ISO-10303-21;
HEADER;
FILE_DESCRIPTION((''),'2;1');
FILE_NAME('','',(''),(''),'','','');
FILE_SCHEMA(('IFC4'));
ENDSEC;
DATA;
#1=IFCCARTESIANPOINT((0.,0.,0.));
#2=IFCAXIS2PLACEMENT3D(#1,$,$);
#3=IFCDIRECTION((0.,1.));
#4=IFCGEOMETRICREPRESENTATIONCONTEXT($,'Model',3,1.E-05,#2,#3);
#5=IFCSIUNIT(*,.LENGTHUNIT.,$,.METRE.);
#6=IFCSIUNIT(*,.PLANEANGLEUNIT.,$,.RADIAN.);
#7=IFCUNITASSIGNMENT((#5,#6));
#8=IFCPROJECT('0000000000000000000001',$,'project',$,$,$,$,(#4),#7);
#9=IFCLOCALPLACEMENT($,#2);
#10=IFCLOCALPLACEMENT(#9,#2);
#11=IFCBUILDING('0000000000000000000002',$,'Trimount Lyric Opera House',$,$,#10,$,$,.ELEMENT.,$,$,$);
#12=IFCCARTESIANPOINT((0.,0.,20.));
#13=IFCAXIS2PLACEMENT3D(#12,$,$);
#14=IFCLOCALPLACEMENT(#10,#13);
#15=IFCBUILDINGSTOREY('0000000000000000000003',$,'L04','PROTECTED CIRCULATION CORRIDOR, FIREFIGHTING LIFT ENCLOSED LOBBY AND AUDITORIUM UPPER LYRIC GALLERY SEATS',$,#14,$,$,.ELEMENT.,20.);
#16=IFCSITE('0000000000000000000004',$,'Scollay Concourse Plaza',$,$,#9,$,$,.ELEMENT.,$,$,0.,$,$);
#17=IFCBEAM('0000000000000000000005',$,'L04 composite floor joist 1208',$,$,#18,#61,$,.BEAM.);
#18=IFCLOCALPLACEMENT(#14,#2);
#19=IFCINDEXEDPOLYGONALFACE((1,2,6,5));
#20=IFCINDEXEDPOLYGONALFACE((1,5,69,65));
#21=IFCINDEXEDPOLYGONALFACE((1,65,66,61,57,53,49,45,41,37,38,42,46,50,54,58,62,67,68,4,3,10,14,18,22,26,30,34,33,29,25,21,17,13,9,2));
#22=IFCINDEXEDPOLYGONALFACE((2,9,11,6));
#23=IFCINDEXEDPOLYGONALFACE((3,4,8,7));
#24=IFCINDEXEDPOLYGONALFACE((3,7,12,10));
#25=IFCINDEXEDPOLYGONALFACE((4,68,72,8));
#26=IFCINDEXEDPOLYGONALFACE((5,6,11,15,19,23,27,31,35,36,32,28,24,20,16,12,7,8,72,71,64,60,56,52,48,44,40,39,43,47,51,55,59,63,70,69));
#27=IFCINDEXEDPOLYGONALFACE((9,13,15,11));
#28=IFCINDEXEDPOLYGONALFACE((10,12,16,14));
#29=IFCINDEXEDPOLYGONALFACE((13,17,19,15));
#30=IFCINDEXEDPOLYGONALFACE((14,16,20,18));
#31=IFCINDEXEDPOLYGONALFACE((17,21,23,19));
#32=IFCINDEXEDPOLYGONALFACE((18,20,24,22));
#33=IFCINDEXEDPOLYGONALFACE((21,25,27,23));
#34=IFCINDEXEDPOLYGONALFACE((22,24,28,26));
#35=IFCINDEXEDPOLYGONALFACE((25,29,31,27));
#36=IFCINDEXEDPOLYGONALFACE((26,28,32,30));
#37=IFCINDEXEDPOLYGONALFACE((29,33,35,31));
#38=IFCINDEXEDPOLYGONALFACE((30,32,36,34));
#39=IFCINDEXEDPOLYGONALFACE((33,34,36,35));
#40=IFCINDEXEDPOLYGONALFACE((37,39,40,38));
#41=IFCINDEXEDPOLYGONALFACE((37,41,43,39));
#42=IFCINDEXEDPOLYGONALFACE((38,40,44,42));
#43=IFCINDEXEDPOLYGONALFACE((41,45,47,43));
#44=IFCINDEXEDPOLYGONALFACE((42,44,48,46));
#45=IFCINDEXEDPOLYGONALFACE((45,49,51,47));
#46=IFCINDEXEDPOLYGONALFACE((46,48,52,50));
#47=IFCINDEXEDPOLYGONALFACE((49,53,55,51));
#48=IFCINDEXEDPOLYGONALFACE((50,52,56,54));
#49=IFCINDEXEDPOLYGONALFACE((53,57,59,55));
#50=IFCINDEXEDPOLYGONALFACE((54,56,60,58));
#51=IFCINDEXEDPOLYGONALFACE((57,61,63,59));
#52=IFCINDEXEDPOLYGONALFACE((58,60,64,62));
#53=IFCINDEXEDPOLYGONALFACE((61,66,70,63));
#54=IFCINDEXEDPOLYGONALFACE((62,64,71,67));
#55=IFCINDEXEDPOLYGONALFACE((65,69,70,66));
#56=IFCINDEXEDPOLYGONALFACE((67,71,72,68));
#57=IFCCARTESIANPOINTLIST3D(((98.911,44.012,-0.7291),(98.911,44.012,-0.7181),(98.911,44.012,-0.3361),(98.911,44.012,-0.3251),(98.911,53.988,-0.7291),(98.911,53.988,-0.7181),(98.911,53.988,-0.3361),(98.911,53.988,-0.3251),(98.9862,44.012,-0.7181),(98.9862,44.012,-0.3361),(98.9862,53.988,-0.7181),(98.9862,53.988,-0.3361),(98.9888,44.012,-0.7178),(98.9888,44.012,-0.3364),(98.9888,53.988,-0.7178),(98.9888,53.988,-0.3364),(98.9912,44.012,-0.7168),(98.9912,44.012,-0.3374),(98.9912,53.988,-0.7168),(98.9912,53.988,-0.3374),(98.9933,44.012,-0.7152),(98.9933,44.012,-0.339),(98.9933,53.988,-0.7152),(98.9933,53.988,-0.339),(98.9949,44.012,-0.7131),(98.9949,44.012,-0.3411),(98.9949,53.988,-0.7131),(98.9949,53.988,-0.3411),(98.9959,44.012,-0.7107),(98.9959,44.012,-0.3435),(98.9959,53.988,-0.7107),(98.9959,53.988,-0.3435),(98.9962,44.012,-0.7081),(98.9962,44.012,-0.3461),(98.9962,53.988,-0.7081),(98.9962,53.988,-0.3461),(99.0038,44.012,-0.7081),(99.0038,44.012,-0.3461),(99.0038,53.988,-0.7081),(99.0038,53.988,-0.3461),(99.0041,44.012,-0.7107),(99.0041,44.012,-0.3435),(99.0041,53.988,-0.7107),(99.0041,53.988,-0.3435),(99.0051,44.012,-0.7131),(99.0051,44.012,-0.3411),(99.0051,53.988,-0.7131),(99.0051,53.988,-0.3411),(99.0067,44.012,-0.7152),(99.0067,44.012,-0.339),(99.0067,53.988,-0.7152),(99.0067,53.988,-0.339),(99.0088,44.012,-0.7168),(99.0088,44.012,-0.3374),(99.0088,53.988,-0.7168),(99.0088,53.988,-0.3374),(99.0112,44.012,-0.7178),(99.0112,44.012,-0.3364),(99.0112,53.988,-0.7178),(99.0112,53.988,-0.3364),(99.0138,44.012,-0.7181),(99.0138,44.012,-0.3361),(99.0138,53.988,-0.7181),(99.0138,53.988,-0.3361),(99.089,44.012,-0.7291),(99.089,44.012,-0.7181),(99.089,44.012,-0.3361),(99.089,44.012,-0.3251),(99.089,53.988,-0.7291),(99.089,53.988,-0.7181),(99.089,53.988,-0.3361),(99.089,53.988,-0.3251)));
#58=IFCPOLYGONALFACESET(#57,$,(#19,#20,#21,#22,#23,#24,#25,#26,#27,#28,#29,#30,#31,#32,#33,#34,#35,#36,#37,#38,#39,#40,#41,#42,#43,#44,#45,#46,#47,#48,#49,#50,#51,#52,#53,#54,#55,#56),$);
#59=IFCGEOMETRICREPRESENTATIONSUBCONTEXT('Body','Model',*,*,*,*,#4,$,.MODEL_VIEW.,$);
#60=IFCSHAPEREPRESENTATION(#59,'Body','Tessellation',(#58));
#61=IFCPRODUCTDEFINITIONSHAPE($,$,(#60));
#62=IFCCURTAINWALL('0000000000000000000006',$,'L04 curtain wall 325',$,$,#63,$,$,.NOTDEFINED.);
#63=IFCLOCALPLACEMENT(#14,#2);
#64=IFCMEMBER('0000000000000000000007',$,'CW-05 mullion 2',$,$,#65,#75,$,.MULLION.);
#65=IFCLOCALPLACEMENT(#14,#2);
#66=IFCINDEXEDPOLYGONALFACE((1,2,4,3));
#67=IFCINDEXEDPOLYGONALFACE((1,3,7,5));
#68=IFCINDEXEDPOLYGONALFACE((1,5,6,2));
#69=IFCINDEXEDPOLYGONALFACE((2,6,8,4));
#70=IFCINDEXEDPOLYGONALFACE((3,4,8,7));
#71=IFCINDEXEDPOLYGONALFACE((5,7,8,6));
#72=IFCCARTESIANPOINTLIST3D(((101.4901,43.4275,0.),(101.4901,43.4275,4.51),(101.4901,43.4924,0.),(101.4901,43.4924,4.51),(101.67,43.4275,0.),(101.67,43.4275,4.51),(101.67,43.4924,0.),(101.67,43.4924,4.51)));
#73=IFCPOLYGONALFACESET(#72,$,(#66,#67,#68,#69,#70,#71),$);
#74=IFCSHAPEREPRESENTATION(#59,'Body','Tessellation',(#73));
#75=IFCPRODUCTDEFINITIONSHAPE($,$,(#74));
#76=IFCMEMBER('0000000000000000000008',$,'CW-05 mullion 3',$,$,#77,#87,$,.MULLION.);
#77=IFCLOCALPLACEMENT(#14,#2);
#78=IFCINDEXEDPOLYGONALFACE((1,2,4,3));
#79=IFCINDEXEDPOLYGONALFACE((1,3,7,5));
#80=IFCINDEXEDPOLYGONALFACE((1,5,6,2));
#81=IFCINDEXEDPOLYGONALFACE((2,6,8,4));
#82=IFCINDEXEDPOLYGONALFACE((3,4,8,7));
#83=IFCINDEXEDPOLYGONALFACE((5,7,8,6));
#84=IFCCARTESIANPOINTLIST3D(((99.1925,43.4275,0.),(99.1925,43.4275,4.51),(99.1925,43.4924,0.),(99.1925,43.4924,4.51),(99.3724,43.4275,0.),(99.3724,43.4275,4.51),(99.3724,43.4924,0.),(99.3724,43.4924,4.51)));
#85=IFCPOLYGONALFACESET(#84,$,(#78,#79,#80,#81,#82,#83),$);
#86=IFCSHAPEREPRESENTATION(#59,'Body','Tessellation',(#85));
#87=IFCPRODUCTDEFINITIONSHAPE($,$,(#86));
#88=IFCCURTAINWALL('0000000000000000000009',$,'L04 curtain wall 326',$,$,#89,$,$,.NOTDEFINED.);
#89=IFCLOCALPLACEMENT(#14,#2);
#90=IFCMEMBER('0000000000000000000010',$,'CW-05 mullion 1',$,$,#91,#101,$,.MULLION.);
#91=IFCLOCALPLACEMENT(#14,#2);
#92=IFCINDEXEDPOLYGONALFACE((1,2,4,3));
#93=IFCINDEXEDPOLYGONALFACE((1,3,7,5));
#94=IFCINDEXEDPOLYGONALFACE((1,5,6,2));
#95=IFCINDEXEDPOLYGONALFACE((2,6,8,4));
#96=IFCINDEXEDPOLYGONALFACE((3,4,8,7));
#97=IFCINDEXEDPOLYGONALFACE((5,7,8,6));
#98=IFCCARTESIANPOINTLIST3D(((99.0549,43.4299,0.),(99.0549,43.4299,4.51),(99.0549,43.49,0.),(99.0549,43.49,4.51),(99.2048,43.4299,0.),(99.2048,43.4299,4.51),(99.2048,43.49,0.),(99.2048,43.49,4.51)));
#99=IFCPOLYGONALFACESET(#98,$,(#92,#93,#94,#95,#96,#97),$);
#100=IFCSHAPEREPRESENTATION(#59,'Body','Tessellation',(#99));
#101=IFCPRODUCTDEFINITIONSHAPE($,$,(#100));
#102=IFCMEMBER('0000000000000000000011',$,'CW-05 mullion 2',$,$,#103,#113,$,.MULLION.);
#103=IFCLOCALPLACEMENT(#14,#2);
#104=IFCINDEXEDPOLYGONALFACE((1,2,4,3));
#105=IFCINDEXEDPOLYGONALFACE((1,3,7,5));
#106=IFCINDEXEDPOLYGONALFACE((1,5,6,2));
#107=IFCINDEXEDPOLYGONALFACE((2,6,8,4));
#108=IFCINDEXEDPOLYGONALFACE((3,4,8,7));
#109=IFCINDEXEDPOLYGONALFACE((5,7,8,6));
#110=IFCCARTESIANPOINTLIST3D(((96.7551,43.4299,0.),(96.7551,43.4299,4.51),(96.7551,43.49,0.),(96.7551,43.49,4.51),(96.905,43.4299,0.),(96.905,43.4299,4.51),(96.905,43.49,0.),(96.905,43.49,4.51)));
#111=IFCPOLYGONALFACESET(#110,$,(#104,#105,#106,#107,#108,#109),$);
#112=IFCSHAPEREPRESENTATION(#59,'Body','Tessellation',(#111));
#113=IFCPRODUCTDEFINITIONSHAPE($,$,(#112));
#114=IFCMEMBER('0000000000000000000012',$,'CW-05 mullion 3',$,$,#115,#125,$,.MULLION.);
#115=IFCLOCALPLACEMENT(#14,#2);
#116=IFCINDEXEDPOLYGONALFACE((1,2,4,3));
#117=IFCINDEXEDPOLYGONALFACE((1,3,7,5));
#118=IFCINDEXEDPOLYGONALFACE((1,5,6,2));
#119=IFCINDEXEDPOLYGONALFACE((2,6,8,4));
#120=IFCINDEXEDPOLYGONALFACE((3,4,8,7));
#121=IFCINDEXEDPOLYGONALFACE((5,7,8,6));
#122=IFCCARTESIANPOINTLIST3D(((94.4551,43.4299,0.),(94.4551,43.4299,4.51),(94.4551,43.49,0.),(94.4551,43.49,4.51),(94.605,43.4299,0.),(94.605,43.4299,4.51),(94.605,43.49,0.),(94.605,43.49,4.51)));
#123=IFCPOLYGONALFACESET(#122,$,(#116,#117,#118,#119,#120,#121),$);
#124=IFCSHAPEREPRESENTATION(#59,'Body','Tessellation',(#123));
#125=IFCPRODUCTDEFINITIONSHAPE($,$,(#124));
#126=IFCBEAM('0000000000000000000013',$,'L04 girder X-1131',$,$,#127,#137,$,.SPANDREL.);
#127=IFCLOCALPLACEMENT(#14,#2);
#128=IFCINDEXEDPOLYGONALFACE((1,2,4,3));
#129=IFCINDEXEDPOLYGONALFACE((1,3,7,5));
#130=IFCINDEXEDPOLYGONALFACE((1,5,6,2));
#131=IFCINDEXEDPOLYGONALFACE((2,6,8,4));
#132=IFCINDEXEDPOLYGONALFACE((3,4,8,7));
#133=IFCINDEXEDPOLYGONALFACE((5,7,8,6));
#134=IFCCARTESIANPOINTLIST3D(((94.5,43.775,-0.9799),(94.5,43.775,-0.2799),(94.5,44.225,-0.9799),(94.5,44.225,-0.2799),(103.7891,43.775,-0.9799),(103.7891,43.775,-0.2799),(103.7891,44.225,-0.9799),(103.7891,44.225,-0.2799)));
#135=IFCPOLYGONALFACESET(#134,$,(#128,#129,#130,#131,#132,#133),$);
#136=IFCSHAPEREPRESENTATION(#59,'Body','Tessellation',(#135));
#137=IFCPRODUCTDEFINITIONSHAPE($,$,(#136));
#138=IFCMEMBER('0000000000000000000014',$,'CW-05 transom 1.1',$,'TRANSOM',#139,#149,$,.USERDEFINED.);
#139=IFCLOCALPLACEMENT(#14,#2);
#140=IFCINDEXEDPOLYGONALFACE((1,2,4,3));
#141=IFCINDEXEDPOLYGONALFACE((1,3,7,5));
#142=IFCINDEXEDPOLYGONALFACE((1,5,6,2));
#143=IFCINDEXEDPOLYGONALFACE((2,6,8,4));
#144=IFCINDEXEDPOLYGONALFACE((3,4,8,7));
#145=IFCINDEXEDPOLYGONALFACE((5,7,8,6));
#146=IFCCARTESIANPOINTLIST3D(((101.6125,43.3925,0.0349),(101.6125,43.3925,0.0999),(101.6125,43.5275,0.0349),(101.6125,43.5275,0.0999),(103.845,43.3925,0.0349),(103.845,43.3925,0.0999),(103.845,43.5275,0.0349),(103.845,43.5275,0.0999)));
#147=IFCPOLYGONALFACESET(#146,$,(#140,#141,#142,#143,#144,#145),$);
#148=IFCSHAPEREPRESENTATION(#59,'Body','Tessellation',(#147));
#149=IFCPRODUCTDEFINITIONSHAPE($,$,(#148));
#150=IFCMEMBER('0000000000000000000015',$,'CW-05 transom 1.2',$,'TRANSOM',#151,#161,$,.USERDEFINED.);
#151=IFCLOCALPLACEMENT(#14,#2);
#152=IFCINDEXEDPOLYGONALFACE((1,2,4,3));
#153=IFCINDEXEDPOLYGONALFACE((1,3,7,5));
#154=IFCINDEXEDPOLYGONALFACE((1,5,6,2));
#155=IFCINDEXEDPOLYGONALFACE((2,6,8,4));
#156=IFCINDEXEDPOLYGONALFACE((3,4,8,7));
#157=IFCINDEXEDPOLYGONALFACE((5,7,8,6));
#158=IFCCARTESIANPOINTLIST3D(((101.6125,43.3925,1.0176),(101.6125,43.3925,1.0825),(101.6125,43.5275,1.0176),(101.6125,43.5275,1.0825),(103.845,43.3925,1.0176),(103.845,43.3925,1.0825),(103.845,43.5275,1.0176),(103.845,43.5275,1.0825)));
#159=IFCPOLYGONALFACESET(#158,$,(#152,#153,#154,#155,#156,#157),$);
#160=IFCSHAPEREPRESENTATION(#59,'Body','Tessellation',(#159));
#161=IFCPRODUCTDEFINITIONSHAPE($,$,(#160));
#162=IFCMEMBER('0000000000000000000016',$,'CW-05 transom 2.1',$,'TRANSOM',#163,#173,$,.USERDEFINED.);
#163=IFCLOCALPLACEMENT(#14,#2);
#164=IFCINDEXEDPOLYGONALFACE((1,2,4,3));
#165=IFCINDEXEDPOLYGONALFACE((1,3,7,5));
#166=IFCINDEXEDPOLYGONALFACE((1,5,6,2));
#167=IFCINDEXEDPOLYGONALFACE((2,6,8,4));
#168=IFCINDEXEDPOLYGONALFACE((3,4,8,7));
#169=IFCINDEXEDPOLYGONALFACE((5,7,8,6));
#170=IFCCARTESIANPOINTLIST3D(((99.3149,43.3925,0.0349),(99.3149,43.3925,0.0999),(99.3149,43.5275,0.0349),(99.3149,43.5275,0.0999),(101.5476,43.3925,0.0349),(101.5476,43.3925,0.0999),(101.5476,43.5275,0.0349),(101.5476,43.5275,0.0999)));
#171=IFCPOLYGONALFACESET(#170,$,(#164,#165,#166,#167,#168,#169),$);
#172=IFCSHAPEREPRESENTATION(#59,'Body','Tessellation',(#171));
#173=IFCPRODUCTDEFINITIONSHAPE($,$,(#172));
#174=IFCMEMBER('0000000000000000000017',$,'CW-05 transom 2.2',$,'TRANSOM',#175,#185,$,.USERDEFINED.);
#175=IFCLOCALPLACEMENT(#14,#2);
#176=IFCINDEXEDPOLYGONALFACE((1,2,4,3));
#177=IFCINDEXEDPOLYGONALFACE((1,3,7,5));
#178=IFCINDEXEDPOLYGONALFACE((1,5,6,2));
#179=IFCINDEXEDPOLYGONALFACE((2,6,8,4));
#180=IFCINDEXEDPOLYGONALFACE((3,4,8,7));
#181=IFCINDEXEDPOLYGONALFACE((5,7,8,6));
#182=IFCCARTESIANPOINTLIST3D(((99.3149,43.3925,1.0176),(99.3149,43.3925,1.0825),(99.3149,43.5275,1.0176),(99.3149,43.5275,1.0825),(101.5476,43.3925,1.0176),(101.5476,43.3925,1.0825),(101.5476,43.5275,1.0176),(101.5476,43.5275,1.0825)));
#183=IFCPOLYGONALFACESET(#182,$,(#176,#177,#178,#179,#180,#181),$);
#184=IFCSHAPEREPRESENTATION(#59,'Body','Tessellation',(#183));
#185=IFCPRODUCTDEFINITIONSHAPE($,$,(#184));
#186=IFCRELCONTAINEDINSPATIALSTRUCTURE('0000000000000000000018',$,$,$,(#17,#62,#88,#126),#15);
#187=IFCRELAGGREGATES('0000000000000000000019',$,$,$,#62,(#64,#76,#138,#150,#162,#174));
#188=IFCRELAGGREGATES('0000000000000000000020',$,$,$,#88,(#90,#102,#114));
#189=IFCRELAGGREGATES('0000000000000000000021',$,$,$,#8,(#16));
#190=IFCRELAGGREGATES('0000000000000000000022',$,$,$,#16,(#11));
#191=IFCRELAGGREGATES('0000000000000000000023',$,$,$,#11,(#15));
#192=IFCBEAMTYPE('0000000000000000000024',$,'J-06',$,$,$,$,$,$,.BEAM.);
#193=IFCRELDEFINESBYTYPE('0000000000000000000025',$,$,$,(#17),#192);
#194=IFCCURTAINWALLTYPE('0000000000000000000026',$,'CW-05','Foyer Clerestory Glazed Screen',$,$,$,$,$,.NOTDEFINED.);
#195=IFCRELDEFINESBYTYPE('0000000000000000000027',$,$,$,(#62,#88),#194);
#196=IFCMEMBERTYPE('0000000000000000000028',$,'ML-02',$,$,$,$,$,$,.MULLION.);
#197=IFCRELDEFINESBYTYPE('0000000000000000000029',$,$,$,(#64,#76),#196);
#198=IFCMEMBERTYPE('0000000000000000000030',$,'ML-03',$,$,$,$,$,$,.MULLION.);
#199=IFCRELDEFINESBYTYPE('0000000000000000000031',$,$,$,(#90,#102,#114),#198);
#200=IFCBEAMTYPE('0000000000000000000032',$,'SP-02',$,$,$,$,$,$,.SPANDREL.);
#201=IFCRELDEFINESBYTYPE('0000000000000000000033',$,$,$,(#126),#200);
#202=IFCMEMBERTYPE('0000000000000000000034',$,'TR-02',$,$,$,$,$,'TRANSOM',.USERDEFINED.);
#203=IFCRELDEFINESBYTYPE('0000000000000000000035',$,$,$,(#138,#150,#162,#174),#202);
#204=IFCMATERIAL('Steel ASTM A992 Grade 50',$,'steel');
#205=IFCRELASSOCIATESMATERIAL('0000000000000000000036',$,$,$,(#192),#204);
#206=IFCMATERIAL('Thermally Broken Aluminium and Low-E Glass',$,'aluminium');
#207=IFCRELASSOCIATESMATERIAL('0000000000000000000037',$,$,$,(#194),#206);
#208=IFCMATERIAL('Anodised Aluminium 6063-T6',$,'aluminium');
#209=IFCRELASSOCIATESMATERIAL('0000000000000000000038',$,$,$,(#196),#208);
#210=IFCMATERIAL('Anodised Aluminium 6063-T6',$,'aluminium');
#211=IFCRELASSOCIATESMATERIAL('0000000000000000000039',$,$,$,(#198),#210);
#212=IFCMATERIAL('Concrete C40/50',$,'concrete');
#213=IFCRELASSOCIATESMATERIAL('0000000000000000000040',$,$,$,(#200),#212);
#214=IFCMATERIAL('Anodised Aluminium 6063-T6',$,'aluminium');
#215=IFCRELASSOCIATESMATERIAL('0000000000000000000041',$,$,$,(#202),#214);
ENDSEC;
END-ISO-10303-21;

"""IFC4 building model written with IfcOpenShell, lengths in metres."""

from ifc_helpers import new_model, si_unit, direction, frame, origin, origin_2d, place, context, subcontext, project, spatial, rectangle, i_section, extrude, material, material_profile, profile_set, type_object, element, aggregate, save


model = new_model("IFC4")

# Units and contexts
model_context = context("Model", 3, precision=1e-05, world=origin(), true_north=direction((0.0, 1.0)))
body_context = subcontext(model_context, "Body", "Model", "MODEL_VIEW")
ifc_project = project(units=[si_unit("LENGTHUNIT", "METRE"), si_unit("PLANEANGLEUNIT", "RADIAN")], contexts=[model_context])

# Site, building, storey
site_placement = place(None, origin())
site = spatial("IfcSite", under=ifc_project, at=site_placement, Name="Scollay Concourse Plaza", CompositionType="ELEMENT", RefElevation=0.0)
building_placement = place(site_placement, origin())
building = spatial("IfcBuilding", under=site, at=building_placement, Name="Trimount Lyric Opera House", CompositionType="ELEMENT")
storey_placement = place(building_placement, frame((0.0, 0.0, 20.0)))
storey = spatial("IfcBuildingStorey", under=building, at=storey_placement, Name="L04", Description="PROTECTED CIRCULATION CORRIDOR, FIREFIGHTING LIFT ENCLOSED LOBBY AND AUDITORIUM UPPER LYRIC GALLERY SEATS", CompositionType="ELEMENT", Elevation=20.0)

# Beam
ifc_material_1 = material(Name="Steel ASTM A992 Grade 50", Category="steel")
ifc_material_profile_1 = material_profile(ifc_material_1, i_section(OverallWidth=0.178, OverallDepth=0.4041, WebThickness=0.0076, FlangeThickness=0.011, FilletRadius=0.01, at=origin_2d()), Name="W16X36")
ifc_profile_set_1 = profile_set([ifc_material_profile_1], Name="Steel ASTM A992 Grade 50")
beam_type_1 = type_object("IfcBeamType", Name="J-06", PredefinedType="BEAM", material=ifc_profile_set_1)
beam_1_placement = place(storey_placement, frame((99.0, 44.012, -0.5271), z_axis=(0.0, 1.0, 0.0), x_axis=(-1.0, 0.0, 0.0)))
element("IfcBeam", 1, at=beam_1_placement, inside=storey, type_object=beam_type_1, Name="L04 composite floor joist 1208", PredefinedType="BEAM", context=body_context, shape_type="SweptSolid", body=[
    extrude(i_section(OverallWidth=0.178, OverallDepth=0.4041, WebThickness=0.0076, FlangeThickness=0.011, FilletRadius=0.01, at=origin_2d()), origin(), (0.0, 0.0, 1.0), 9.9761),
])

# Curtain walls, members
ifc_material_2 = material(Name="Thermally Broken Aluminium and Low-E Glass", Category="aluminium")
curtain_wall_type = type_object("IfcCurtainWallType", Name="CW-05", Description="Foyer Clerestory Glazed Screen", PredefinedType="NOTDEFINED", material=ifc_material_2)
curtain_wall_1_placement = place(storey_placement, origin())
curtain_wall_1 = element("IfcCurtainWall", 2, at=curtain_wall_1_placement, inside=storey, type_object=curtain_wall_type, Name="L04 curtain wall 325", PredefinedType="NOTDEFINED")
ifc_material_3 = material(Name="Anodised Aluminium 6063-T6", Category="aluminium")
ifc_material_profile_2 = material_profile(ifc_material_3, rectangle(XDim=0.0649, YDim=0.1799, at=origin_2d()), Name="ALU-MULL-65X180")
ifc_profile_set_2 = profile_set([ifc_material_profile_2], Name="Anodised Aluminium 6063-T6")
member_type_1 = type_object("IfcMemberType", Name="ML-02", PredefinedType="MULLION", material=ifc_profile_set_2)
member_1_placement = place(storey_placement, frame((101.5801, 43.46, 0.0), z_axis=(0.0, 0.0, 1.0), x_axis=(0.0, -1.0, 0.0)))
member_1 = element("IfcMember", 3, at=member_1_placement, type_object=member_type_1, Name="CW-05 mullion 2", PredefinedType="MULLION", context=body_context, shape_type="SweptSolid", body=[
    extrude(rectangle(XDim=0.0649, YDim=0.1799, at=origin_2d()), origin(), (0.0, 0.0, 1.0), 4.51),
])
member_2_placement = place(storey_placement, frame((99.2825, 43.46, 0.0), z_axis=(0.0, 0.0, 1.0), x_axis=(0.0, -1.0, 0.0)))
member_2 = element("IfcMember", 4, at=member_2_placement, type_object=member_type_1, Name="CW-05 mullion 3", PredefinedType="MULLION", context=body_context, shape_type="SweptSolid", body=[
    extrude(rectangle(XDim=0.0649, YDim=0.1799, at=origin_2d()), origin(), (0.0, 0.0, 1.0), 4.51),
])
curtain_wall_2_placement = place(storey_placement, origin())
curtain_wall_2 = element("IfcCurtainWall", 5, at=curtain_wall_2_placement, inside=storey, type_object=curtain_wall_type, Name="L04 curtain wall 326", PredefinedType="NOTDEFINED")
ifc_material_4 = material(Name="Anodised Aluminium 6063-T6", Category="aluminium")
ifc_material_profile_3 = material_profile(ifc_material_4, rectangle(XDim=0.0601, YDim=0.1499, at=origin_2d()), Name="ALU-MULL-60X150")
ifc_profile_set_3 = profile_set([ifc_material_profile_3], Name="Anodised Aluminium 6063-T6")
member_type_2 = type_object("IfcMemberType", Name="ML-03", PredefinedType="MULLION", material=ifc_profile_set_3)
member_3_placement = place(storey_placement, frame((99.1299, 43.46, 0.0), z_axis=(0.0, 0.0, 1.0), x_axis=(0.0, -1.0, 0.0)))
member_3 = element("IfcMember", 6, at=member_3_placement, type_object=member_type_2, Name="CW-05 mullion 1", PredefinedType="MULLION", context=body_context, shape_type="SweptSolid", body=[
    extrude(rectangle(XDim=0.0601, YDim=0.1499, at=origin_2d()), origin(), (0.0, 0.0, 1.0), 4.51),
])
member_4_placement = place(storey_placement, frame((96.8301, 43.46, 0.0), z_axis=(0.0, 0.0, 1.0), x_axis=(0.0, -1.0, 0.0)))
member_4 = element("IfcMember", 7, at=member_4_placement, type_object=member_type_2, Name="CW-05 mullion 2", PredefinedType="MULLION", context=body_context, shape_type="SweptSolid", body=[
    extrude(rectangle(XDim=0.0601, YDim=0.1499, at=origin_2d()), origin(), (0.0, 0.0, 1.0), 4.51),
])
member_5_placement = place(storey_placement, frame((94.53, 43.46, 0.0), z_axis=(0.0, 0.0, 1.0), x_axis=(0.0, -1.0, 0.0)))
member_5 = element("IfcMember", 8, at=member_5_placement, type_object=member_type_2, Name="CW-05 mullion 3", PredefinedType="MULLION", context=body_context, shape_type="SweptSolid", body=[
    extrude(rectangle(XDim=0.0601, YDim=0.1499, at=origin_2d()), origin(), (0.0, 0.0, 1.0), 4.51),
])

# Beam
ifc_material_5 = material(Name="Concrete C40/50", Category="concrete")
ifc_material_profile_4 = material_profile(ifc_material_5, rectangle(XDim=0.45, YDim=0.7, at=origin_2d()), Name="RC450X700")
ifc_profile_set_4 = profile_set([ifc_material_profile_4], Name="Concrete C40/50")
beam_type_2 = type_object("IfcBeamType", Name="SP-02", PredefinedType="SPANDREL", material=ifc_profile_set_4)
beam_2_placement = place(storey_placement, frame((94.5, 44.0, -0.6299), z_axis=(1.0, 0.0, 0.0), x_axis=(0.0, 1.0, 0.0)))
element("IfcBeam", 9, at=beam_2_placement, inside=storey, type_object=beam_type_2, Name="L04 girder X-1131", PredefinedType="SPANDREL", context=body_context, shape_type="SweptSolid", body=[
    extrude(rectangle(XDim=0.45, YDim=0.7, at=origin_2d()), origin(), (0.0, 0.0, 1.0), 9.2891),
])

# Members
ifc_material_6 = material(Name="Anodised Aluminium 6063-T6", Category="aluminium")
ifc_material_profile_5 = material_profile(ifc_material_6, rectangle(XDim=0.135, YDim=0.0649, at=origin_2d()), Name="ALU-TRAN-65X135")
ifc_profile_set_5 = profile_set([ifc_material_profile_5], Name="Anodised Aluminium 6063-T6")
member_type_3 = type_object("IfcMemberType", Name="TR-02", ElementType="TRANSOM", PredefinedType="USERDEFINED", material=ifc_profile_set_5)
member_6_placement = place(storey_placement, frame((103.845, 43.46, 0.0674), z_axis=(-1.0, 0.0, 0.0), x_axis=(0.0, -1.0, 0.0)))
member_6 = element("IfcMember", 10, at=member_6_placement, type_object=member_type_3, Name="CW-05 transom 1.1", ObjectType="TRANSOM", PredefinedType="USERDEFINED", context=body_context, shape_type="SweptSolid", body=[
    extrude(rectangle(XDim=0.135, YDim=0.0649, at=origin_2d()), origin(), (0.0, 0.0, 1.0), 2.2324),
])
member_7_placement = place(storey_placement, frame((103.845, 43.46, 1.05), z_axis=(-1.0, 0.0, 0.0), x_axis=(0.0, -1.0, 0.0)))
member_7 = element("IfcMember", 11, at=member_7_placement, type_object=member_type_3, Name="CW-05 transom 1.2", ObjectType="TRANSOM", PredefinedType="USERDEFINED", context=body_context, shape_type="SweptSolid", body=[
    extrude(rectangle(XDim=0.135, YDim=0.0649, at=origin_2d()), origin(), (0.0, 0.0, 1.0), 2.2324),
])
member_8_placement = place(storey_placement, frame((101.5476, 43.46, 0.0674), z_axis=(-1.0, 0.0, 0.0), x_axis=(0.0, -1.0, 0.0)))
member_8 = element("IfcMember", 12, at=member_8_placement, type_object=member_type_3, Name="CW-05 transom 2.1", ObjectType="TRANSOM", PredefinedType="USERDEFINED", context=body_context, shape_type="SweptSolid", body=[
    extrude(rectangle(XDim=0.135, YDim=0.0649, at=origin_2d()), origin(), (0.0, 0.0, 1.0), 2.2327),
])
member_9_placement = place(storey_placement, frame((101.5476, 43.46, 1.05), z_axis=(-1.0, 0.0, 0.0), x_axis=(0.0, -1.0, 0.0)))
member_9 = element("IfcMember", 13, at=member_9_placement, type_object=member_type_3, Name="CW-05 transom 2.2", ObjectType="TRANSOM", PredefinedType="USERDEFINED", context=body_context, shape_type="SweptSolid", body=[
    extrude(rectangle(XDim=0.135, YDim=0.0649, at=origin_2d()), origin(), (0.0, 0.0, 1.0), 2.2327),
])

aggregate(curtain_wall_1, [member_1, member_2, member_6, member_7, member_8, member_9])
aggregate(curtain_wall_2, [member_3, member_4, member_5])

save(model, "model.ifc")
